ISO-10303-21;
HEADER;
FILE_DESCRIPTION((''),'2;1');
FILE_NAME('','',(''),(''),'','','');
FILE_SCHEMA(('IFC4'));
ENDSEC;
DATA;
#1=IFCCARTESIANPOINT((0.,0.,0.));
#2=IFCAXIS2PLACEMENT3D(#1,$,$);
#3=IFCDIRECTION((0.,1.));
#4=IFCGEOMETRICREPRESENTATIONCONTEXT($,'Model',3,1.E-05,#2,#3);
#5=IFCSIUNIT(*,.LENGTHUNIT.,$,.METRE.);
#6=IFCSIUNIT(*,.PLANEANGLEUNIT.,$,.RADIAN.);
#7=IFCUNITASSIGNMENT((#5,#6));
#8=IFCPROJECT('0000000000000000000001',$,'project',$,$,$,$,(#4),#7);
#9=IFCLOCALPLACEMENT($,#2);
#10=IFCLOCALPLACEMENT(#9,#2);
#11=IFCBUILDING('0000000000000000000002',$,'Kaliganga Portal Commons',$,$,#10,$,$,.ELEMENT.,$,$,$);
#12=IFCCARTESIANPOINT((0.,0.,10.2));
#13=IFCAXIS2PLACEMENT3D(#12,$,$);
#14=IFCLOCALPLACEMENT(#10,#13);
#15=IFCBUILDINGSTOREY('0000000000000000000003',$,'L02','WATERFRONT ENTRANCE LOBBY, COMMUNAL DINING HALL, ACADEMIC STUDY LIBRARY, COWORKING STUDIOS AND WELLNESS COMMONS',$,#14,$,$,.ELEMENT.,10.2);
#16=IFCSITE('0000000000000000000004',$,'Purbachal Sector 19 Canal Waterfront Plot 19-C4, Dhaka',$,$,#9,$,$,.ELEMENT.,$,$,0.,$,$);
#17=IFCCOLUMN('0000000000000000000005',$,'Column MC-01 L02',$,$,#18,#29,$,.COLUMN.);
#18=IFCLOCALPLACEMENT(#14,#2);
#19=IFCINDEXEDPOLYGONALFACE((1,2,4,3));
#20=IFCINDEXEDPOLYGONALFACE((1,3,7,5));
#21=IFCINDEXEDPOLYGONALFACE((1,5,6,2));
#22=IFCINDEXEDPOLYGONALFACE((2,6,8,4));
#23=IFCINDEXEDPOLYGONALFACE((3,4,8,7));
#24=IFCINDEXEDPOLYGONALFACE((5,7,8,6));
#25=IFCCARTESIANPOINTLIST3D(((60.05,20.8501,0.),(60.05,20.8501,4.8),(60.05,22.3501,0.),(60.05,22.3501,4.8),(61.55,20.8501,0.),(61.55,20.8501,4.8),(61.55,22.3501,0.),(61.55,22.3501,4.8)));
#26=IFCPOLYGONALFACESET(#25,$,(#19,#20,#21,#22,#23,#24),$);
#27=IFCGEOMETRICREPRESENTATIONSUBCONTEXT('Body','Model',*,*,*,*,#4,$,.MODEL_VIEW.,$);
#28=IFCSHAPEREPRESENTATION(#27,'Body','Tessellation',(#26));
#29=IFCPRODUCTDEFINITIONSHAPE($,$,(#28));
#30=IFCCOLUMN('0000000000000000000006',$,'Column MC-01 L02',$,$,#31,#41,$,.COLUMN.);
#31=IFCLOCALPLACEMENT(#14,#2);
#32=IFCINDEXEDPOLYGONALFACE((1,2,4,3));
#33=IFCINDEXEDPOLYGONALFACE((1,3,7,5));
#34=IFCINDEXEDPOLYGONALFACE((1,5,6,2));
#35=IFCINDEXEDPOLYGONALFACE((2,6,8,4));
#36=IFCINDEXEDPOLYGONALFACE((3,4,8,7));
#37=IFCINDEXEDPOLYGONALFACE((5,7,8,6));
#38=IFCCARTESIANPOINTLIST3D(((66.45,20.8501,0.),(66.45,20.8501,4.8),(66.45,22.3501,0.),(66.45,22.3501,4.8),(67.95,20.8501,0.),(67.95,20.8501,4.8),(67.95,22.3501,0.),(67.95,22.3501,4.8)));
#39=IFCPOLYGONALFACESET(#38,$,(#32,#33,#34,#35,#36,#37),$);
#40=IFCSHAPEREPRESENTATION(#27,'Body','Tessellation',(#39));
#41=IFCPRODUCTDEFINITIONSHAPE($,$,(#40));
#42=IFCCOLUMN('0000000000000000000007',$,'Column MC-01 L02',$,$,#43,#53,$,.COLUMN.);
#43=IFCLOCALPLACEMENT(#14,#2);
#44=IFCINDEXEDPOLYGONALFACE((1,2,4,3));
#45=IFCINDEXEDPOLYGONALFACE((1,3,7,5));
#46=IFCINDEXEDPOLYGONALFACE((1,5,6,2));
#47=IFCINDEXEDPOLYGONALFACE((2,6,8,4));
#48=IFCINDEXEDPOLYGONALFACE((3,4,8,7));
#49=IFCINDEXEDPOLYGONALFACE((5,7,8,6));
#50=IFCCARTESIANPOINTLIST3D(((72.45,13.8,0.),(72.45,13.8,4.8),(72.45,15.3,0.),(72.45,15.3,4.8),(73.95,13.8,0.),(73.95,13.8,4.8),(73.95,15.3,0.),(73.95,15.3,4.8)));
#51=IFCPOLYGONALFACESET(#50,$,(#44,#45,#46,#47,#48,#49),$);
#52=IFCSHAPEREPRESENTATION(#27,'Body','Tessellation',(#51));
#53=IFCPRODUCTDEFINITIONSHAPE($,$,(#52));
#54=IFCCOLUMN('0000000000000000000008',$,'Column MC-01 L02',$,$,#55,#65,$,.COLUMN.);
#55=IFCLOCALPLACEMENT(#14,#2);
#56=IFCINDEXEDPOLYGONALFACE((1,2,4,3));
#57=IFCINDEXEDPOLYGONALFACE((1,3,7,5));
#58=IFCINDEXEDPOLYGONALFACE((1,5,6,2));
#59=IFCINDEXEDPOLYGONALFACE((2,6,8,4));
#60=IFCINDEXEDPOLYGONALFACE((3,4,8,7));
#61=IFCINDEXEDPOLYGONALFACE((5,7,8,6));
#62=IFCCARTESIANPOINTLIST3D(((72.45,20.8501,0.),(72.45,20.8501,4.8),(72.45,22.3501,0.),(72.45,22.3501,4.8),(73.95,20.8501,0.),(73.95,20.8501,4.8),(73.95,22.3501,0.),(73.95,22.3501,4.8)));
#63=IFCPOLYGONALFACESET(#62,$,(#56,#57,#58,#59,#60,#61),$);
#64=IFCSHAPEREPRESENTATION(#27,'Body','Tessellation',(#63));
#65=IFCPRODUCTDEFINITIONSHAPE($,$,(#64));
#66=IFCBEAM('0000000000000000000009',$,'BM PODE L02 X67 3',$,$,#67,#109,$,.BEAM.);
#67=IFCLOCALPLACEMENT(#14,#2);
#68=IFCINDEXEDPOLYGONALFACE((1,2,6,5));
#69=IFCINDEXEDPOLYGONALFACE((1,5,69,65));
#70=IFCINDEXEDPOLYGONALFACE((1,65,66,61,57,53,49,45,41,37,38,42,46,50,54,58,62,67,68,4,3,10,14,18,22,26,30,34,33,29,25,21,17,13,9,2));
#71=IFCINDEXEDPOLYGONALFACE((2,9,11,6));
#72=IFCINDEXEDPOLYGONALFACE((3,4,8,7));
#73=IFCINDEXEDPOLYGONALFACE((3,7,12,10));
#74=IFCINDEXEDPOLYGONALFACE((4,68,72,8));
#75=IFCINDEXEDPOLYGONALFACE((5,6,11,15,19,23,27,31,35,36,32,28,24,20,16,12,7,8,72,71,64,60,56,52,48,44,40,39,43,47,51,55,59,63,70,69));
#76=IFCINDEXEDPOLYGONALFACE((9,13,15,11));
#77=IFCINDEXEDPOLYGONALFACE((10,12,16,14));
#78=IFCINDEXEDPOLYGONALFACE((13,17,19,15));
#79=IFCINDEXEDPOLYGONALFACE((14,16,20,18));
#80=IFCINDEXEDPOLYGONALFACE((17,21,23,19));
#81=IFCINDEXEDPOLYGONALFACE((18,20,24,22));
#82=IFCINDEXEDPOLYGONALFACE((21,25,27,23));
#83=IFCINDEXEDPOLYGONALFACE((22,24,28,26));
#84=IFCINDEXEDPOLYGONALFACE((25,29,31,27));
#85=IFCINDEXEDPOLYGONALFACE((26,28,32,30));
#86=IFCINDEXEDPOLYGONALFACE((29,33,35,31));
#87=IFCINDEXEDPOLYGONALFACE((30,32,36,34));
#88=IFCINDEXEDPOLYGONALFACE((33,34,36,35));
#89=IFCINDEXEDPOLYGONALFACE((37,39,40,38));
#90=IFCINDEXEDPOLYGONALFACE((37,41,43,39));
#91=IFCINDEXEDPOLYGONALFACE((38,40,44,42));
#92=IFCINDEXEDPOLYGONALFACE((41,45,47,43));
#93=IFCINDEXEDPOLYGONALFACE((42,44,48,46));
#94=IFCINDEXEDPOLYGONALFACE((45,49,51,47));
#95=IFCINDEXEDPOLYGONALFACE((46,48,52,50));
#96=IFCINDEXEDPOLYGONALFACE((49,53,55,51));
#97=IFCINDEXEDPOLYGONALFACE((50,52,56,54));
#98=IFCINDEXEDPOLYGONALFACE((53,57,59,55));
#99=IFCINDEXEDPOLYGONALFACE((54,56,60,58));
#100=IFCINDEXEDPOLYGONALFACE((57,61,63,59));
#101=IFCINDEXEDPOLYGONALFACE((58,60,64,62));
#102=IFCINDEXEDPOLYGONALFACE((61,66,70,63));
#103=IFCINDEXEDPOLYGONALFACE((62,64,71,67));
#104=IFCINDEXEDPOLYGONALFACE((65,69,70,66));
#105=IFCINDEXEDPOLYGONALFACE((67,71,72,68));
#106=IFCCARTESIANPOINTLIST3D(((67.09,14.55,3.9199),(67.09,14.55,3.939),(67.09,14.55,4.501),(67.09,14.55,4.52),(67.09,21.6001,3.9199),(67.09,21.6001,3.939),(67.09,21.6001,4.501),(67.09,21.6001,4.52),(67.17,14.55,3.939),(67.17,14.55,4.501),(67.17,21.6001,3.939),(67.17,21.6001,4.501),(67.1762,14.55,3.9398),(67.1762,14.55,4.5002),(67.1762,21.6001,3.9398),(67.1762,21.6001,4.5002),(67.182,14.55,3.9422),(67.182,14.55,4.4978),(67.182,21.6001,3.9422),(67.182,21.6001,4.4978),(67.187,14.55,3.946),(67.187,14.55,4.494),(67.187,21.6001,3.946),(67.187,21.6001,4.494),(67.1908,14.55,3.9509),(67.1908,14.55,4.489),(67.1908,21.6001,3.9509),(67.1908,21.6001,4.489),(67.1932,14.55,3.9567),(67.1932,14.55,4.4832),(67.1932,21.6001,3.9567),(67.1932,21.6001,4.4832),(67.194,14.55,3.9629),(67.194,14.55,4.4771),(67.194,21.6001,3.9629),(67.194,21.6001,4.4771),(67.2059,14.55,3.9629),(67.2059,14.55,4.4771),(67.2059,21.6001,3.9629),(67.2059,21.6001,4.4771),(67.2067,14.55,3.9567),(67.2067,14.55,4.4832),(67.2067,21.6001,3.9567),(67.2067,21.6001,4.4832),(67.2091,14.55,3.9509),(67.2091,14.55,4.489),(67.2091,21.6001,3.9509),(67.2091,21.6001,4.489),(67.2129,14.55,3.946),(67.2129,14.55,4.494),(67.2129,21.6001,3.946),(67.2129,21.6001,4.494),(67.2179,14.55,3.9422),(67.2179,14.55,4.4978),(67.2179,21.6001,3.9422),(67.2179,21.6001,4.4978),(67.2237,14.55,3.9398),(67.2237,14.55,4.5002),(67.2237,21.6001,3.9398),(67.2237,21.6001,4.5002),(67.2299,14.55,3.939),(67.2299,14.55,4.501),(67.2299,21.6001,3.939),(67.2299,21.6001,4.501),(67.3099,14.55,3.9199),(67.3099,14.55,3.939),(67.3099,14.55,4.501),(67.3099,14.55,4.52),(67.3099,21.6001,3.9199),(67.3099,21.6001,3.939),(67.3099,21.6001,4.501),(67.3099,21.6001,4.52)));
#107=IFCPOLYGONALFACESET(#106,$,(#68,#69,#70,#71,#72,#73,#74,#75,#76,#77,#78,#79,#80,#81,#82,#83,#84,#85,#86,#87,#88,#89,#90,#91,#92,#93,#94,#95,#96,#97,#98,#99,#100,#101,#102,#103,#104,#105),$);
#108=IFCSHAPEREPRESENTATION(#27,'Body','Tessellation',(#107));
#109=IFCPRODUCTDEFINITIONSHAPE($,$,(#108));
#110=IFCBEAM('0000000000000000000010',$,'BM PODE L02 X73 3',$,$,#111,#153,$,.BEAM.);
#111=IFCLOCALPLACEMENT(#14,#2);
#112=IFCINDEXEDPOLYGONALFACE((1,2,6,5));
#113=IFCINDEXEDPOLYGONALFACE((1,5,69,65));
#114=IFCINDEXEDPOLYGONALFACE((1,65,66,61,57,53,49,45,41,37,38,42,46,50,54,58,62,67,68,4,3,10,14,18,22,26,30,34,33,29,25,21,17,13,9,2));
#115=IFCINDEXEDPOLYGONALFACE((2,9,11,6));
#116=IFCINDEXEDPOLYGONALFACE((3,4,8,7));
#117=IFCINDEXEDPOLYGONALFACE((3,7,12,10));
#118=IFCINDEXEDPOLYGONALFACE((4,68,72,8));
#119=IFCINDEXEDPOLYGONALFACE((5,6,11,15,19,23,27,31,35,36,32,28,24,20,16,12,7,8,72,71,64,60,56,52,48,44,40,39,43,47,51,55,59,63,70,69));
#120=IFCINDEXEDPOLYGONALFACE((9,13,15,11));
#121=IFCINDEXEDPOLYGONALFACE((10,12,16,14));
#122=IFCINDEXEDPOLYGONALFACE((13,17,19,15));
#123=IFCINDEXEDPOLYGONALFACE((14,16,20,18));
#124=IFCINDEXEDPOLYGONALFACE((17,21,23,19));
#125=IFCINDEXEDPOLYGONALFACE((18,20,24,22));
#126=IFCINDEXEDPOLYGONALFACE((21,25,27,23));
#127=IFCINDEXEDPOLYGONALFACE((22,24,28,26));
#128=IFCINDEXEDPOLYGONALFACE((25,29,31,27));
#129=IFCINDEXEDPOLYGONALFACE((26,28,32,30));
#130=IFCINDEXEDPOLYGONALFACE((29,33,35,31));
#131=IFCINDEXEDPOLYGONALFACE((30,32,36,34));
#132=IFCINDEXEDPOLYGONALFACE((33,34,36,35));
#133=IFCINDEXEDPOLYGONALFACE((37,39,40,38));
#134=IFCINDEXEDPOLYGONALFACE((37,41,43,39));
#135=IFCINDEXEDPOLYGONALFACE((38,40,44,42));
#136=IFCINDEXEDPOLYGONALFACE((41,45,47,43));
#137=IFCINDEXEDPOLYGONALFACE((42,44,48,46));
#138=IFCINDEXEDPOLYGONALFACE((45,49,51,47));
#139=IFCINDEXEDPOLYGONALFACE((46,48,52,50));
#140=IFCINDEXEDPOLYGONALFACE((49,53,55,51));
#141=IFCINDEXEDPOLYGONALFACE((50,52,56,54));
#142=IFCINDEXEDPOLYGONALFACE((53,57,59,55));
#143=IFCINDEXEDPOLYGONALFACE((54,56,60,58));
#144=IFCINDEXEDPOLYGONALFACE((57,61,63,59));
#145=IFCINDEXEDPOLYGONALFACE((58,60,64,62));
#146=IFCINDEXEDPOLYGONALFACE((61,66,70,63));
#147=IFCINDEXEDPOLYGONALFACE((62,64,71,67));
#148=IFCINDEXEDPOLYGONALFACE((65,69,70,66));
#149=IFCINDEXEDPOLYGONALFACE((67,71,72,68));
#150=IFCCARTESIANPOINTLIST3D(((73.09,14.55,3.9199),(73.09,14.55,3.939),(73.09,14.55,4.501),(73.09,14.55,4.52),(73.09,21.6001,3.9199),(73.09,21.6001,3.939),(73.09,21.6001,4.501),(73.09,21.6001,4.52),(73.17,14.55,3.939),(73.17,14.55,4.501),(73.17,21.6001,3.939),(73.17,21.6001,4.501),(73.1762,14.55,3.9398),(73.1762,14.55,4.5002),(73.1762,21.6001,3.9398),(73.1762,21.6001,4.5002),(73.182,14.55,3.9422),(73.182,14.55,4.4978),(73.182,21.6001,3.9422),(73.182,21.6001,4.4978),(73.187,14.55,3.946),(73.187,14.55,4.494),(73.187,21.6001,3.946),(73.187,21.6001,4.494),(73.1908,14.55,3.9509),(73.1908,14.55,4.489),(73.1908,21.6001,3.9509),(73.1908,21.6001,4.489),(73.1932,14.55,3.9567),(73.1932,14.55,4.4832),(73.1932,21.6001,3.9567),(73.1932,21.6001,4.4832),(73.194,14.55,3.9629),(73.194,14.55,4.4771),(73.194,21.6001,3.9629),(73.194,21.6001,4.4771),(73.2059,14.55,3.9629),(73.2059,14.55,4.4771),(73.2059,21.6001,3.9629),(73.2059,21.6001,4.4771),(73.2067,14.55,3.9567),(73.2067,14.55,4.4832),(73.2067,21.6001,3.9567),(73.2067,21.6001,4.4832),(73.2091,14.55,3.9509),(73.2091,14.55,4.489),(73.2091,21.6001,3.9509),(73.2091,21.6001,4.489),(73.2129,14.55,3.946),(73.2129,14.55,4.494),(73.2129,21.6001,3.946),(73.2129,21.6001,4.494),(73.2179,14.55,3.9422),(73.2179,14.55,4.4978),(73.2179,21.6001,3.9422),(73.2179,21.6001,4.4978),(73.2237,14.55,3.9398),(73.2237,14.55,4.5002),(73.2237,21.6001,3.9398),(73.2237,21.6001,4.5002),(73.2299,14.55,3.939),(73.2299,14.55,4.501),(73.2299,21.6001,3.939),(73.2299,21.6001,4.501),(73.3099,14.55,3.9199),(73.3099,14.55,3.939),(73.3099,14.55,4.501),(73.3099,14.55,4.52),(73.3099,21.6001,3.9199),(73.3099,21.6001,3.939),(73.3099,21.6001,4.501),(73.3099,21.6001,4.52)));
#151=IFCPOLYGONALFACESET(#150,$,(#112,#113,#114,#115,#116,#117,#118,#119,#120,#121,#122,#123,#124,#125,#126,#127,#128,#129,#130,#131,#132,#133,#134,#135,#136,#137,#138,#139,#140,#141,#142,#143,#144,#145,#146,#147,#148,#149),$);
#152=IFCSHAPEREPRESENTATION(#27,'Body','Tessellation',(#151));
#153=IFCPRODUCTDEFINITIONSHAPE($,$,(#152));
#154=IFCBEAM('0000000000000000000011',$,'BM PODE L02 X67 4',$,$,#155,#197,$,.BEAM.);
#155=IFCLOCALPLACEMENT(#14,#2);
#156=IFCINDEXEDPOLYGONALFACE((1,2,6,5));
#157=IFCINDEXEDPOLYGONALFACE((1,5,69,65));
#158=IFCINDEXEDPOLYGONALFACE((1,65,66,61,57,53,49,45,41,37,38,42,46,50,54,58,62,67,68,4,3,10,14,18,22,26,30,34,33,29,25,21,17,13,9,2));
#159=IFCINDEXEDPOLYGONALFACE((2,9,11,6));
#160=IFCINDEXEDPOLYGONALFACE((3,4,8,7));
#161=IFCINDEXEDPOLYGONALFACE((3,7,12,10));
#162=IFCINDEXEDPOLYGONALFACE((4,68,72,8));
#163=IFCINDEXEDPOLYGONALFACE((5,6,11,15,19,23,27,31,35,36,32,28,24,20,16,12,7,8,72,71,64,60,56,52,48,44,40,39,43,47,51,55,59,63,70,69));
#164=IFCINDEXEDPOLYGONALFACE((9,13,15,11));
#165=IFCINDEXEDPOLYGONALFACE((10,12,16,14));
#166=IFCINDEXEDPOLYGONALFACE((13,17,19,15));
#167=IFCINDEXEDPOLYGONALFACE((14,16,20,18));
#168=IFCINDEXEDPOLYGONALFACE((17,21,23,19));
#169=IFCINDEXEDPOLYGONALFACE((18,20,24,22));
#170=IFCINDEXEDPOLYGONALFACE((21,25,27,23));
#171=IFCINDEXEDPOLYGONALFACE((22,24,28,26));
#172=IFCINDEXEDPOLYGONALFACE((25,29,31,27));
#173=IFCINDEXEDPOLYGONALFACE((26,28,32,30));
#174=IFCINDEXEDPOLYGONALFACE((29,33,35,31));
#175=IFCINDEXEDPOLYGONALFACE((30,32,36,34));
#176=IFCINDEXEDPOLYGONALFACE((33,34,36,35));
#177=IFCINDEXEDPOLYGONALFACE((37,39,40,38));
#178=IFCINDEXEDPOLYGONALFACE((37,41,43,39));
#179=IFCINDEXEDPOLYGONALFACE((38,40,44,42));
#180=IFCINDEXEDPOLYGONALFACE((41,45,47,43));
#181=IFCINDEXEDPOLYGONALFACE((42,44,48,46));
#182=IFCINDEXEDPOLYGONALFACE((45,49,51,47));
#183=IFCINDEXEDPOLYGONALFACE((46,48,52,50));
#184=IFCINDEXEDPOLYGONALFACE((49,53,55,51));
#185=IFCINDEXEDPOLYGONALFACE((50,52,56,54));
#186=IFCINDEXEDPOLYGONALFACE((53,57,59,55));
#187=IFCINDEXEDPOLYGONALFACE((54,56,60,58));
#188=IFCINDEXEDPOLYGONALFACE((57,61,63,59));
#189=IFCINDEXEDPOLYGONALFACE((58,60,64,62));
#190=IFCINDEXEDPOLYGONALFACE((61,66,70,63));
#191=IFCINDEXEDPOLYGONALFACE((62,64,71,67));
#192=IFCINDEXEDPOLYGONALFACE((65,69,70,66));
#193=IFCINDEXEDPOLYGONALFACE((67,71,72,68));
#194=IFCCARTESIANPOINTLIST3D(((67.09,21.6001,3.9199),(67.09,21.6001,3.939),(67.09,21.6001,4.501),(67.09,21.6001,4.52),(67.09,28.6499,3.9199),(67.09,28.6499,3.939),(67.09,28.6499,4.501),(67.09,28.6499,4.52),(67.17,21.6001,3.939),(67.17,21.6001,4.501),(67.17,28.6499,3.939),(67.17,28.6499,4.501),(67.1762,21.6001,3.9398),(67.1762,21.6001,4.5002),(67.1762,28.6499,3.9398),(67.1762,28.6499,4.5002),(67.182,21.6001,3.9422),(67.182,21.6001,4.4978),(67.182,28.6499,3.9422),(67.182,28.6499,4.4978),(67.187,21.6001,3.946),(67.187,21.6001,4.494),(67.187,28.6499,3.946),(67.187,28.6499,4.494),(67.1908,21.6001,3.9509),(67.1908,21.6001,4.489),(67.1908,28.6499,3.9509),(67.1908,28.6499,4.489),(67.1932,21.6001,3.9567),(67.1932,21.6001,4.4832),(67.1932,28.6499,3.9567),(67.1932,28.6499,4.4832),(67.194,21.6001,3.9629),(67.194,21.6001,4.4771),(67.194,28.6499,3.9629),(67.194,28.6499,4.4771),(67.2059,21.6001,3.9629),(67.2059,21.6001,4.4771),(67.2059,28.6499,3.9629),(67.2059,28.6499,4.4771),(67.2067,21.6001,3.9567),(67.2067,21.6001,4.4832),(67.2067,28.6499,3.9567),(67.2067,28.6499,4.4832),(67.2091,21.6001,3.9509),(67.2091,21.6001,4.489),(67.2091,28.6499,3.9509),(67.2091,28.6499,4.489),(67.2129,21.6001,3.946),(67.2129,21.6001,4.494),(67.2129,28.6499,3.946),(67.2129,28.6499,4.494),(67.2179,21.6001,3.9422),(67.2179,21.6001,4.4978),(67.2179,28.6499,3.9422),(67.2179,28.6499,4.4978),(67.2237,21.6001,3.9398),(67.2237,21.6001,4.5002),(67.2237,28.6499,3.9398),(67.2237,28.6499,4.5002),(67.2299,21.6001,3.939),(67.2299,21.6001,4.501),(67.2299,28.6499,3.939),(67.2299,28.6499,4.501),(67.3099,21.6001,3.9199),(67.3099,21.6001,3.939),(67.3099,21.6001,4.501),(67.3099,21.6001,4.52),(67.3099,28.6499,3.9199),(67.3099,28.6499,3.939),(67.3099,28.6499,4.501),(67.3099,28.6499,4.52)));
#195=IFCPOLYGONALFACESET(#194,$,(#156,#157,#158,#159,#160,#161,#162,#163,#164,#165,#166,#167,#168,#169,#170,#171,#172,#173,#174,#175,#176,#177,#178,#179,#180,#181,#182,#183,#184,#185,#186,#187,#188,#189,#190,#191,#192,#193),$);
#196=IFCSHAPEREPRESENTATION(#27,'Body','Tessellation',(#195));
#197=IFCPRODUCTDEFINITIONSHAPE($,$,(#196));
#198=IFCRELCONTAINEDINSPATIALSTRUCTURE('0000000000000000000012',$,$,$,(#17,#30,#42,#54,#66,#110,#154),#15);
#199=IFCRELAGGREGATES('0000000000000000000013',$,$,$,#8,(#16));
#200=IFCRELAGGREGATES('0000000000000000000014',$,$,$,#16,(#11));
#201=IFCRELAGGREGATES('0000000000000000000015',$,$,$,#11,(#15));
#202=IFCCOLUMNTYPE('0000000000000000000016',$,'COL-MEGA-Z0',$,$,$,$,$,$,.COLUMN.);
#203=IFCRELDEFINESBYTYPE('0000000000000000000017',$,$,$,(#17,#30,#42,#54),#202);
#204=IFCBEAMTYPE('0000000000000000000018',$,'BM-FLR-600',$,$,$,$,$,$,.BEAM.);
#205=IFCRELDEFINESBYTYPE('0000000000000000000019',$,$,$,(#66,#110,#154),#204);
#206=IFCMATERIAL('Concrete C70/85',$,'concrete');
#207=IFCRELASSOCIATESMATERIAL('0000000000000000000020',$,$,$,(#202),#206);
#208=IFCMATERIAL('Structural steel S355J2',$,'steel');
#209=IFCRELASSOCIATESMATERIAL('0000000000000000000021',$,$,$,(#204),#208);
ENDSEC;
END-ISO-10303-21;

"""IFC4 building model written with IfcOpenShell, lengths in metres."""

from ifc_helpers import new_model, si_unit, direction, frame, origin, origin_2d, place, context, subcontext, project, spatial, rectangle, i_section, extrude, source, transform, mapped, material, material_profile, profile_set, type_object, element, save


model = new_model("IFC4")

# Units and contexts
model_context = context("Model", 3, precision=1e-05, world=origin(), true_north=direction((0.0, 1.0)))
body_context = subcontext(model_context, "Body", "Model", "MODEL_VIEW")
ifc_project = project(units=[si_unit("LENGTHUNIT", "METRE"), si_unit("PLANEANGLEUNIT", "RADIAN")], contexts=[model_context])

# Site, building, storey
site_placement = place(None, origin())
site = spatial("IfcSite", under=ifc_project, at=site_placement, Name="Purbachal Sector 19 Canal Waterfront Plot 19-C4, Dhaka", CompositionType="ELEMENT", RefElevation=0.0)
building_placement = place(site_placement, origin())
building = spatial("IfcBuilding", under=site, at=building_placement, Name="Kaliganga Portal Commons", CompositionType="ELEMENT")
storey_placement = place(building_placement, frame((0.0, 0.0, 10.2)))
storey = spatial("IfcBuildingStorey", under=building, at=storey_placement, Name="L02", Description="WATERFRONT ENTRANCE LOBBY, COMMUNAL DINING HALL, ACADEMIC STUDY LIBRARY, COWORKING STUDIOS AND WELLNESS COMMONS", CompositionType="ELEMENT", Elevation=10.2)

# Columns
ifc_material_1 = material(Name="Concrete C70/85", Category="concrete")
ifc_material_profile_1 = material_profile(ifc_material_1, rectangle(XDim=1.5, YDim=1.5, at=origin_2d()), Name="RC 1500x1500")
ifc_profile_set_1 = profile_set([ifc_material_profile_1], Name="Concrete C70/85")
column_type = type_object("IfcColumnType", Name="COL-MEGA-Z0", PredefinedType="COLUMN", material=ifc_profile_set_1)
shared_shape_1 = source(origin(), body_context, "Body", "SweptSolid", [
    extrude(rectangle(XDim=1.5, YDim=1.5, at=origin_2d()), origin(), (0.0, 0.0, 1.0), 4.8),
])
for number, where, z_axis, x_axis, name in (
    (1, (60.8, 21.6001, 0.0), (0.0, 0.0, 1.0), (1.0, 0.0, 0.0), "Column MC-01 L02"),
    (2, (67.2, 21.6001, 0.0), (0.0, 0.0, 1.0), (1.0, 0.0, 0.0), "Column MC-01 L02"),
    (3, (73.2, 14.55, 0.0), (0.0, 0.0, 1.0), (1.0, 0.0, 0.0), "Column MC-01 L02"),
    (4, (73.2, 21.6001, 0.0), (0.0, 0.0, 1.0), (1.0, 0.0, 0.0), "Column MC-01 L02"),
):
    element("IfcColumn", number, at=place(storey_placement, frame(where, z_axis=z_axis, x_axis=x_axis)), inside=storey, type_object=column_type, Name=name, PredefinedType="COLUMN", context=body_context, shape_type="MappedRepresentation", body=[
        mapped(shared_shape_1, transform((0.0, 0.0, 0.0), x_axis=(1.0, 0.0, 0.0), y_axis=(0.0, 1.0, 0.0), z_axis=(0.0, 0.0, 1.0), scale=1.0)),
    ])

# Beams
ifc_material_2 = material(Name="Structural steel S355J2", Category="steel")
ifc_material_profile_2 = material_profile(ifc_material_2, i_section(OverallWidth=0.22, OverallDepth=0.6001, WebThickness=0.012, FlangeThickness=0.019, FilletRadius=0.0239, at=origin_2d()), Name="IPE 600")
ifc_profile_set_2 = profile_set([ifc_material_profile_2], Name="Structural steel S355J2 wide-flange")
beam_type_1 = type_object("IfcBeamType", Name="BM-FLR-600", PredefinedType="BEAM", material=ifc_profile_set_2)
shared_shape_2 = source(origin(), body_context, "Body", "SweptSolid", [
    extrude(i_section(OverallWidth=0.22, OverallDepth=0.6001, WebThickness=0.012, FlangeThickness=0.019, FilletRadius=0.0239, at=origin_2d()), origin(), (0.0, 0.0, 1.0), 7.05),
])
for number, where, z_axis, x_axis, name in (
    (5, (67.2, 14.55, 4.22), (0.0, 1.0, 0.0), (-1.0, 0.0, 0.0), "BM PODE L02 X67 3"),
    (6, (73.2, 14.55, 4.22), (0.0, 1.0, 0.0), (-1.0, 0.0, 0.0), "BM PODE L02 X73 3"),
):
    element("IfcBeam", number, at=place(storey_placement, frame(where, z_axis=z_axis, x_axis=x_axis)), inside=storey, type_object=beam_type_1, Name=name, PredefinedType="BEAM", context=body_context, shape_type="MappedRepresentation", body=[
        mapped(shared_shape_2, transform((0.0, 0.0, 0.0), x_axis=(1.0, 0.0, 0.0), y_axis=(0.0, 1.0, 0.0), z_axis=(0.0, 0.0, 1.0), scale=1.0)),
    ])
shared_shape_3 = source(origin(), body_context, "Body", "SweptSolid", [
    extrude(i_section(OverallWidth=0.22, OverallDepth=0.6001, WebThickness=0.012, FlangeThickness=0.019, FilletRadius=0.0239, at=origin_2d()), origin(), (0.0, 0.0, 1.0), 7.0498),
])
for number, where, z_axis, x_axis, name in (
    (7, (67.2, 21.6001, 4.22), (0.0, 1.0, 0.0), (-1.0, 0.0, 0.0), "BM PODE L02 X67 4"),
):
    element("IfcBeam", number, at=place(storey_placement, frame(where, z_axis=z_axis, x_axis=x_axis)), inside=storey, type_object=beam_type_1, Name=name, PredefinedType="BEAM", context=body_context, shape_type="MappedRepresentation", body=[
        mapped(shared_shape_3, transform((0.0, 0.0, 0.0), x_axis=(1.0, 0.0, 0.0), y_axis=(0.0, 1.0, 0.0), z_axis=(0.0, 0.0, 1.0), scale=1.0)),
    ])

save(model, "model.ifc")
